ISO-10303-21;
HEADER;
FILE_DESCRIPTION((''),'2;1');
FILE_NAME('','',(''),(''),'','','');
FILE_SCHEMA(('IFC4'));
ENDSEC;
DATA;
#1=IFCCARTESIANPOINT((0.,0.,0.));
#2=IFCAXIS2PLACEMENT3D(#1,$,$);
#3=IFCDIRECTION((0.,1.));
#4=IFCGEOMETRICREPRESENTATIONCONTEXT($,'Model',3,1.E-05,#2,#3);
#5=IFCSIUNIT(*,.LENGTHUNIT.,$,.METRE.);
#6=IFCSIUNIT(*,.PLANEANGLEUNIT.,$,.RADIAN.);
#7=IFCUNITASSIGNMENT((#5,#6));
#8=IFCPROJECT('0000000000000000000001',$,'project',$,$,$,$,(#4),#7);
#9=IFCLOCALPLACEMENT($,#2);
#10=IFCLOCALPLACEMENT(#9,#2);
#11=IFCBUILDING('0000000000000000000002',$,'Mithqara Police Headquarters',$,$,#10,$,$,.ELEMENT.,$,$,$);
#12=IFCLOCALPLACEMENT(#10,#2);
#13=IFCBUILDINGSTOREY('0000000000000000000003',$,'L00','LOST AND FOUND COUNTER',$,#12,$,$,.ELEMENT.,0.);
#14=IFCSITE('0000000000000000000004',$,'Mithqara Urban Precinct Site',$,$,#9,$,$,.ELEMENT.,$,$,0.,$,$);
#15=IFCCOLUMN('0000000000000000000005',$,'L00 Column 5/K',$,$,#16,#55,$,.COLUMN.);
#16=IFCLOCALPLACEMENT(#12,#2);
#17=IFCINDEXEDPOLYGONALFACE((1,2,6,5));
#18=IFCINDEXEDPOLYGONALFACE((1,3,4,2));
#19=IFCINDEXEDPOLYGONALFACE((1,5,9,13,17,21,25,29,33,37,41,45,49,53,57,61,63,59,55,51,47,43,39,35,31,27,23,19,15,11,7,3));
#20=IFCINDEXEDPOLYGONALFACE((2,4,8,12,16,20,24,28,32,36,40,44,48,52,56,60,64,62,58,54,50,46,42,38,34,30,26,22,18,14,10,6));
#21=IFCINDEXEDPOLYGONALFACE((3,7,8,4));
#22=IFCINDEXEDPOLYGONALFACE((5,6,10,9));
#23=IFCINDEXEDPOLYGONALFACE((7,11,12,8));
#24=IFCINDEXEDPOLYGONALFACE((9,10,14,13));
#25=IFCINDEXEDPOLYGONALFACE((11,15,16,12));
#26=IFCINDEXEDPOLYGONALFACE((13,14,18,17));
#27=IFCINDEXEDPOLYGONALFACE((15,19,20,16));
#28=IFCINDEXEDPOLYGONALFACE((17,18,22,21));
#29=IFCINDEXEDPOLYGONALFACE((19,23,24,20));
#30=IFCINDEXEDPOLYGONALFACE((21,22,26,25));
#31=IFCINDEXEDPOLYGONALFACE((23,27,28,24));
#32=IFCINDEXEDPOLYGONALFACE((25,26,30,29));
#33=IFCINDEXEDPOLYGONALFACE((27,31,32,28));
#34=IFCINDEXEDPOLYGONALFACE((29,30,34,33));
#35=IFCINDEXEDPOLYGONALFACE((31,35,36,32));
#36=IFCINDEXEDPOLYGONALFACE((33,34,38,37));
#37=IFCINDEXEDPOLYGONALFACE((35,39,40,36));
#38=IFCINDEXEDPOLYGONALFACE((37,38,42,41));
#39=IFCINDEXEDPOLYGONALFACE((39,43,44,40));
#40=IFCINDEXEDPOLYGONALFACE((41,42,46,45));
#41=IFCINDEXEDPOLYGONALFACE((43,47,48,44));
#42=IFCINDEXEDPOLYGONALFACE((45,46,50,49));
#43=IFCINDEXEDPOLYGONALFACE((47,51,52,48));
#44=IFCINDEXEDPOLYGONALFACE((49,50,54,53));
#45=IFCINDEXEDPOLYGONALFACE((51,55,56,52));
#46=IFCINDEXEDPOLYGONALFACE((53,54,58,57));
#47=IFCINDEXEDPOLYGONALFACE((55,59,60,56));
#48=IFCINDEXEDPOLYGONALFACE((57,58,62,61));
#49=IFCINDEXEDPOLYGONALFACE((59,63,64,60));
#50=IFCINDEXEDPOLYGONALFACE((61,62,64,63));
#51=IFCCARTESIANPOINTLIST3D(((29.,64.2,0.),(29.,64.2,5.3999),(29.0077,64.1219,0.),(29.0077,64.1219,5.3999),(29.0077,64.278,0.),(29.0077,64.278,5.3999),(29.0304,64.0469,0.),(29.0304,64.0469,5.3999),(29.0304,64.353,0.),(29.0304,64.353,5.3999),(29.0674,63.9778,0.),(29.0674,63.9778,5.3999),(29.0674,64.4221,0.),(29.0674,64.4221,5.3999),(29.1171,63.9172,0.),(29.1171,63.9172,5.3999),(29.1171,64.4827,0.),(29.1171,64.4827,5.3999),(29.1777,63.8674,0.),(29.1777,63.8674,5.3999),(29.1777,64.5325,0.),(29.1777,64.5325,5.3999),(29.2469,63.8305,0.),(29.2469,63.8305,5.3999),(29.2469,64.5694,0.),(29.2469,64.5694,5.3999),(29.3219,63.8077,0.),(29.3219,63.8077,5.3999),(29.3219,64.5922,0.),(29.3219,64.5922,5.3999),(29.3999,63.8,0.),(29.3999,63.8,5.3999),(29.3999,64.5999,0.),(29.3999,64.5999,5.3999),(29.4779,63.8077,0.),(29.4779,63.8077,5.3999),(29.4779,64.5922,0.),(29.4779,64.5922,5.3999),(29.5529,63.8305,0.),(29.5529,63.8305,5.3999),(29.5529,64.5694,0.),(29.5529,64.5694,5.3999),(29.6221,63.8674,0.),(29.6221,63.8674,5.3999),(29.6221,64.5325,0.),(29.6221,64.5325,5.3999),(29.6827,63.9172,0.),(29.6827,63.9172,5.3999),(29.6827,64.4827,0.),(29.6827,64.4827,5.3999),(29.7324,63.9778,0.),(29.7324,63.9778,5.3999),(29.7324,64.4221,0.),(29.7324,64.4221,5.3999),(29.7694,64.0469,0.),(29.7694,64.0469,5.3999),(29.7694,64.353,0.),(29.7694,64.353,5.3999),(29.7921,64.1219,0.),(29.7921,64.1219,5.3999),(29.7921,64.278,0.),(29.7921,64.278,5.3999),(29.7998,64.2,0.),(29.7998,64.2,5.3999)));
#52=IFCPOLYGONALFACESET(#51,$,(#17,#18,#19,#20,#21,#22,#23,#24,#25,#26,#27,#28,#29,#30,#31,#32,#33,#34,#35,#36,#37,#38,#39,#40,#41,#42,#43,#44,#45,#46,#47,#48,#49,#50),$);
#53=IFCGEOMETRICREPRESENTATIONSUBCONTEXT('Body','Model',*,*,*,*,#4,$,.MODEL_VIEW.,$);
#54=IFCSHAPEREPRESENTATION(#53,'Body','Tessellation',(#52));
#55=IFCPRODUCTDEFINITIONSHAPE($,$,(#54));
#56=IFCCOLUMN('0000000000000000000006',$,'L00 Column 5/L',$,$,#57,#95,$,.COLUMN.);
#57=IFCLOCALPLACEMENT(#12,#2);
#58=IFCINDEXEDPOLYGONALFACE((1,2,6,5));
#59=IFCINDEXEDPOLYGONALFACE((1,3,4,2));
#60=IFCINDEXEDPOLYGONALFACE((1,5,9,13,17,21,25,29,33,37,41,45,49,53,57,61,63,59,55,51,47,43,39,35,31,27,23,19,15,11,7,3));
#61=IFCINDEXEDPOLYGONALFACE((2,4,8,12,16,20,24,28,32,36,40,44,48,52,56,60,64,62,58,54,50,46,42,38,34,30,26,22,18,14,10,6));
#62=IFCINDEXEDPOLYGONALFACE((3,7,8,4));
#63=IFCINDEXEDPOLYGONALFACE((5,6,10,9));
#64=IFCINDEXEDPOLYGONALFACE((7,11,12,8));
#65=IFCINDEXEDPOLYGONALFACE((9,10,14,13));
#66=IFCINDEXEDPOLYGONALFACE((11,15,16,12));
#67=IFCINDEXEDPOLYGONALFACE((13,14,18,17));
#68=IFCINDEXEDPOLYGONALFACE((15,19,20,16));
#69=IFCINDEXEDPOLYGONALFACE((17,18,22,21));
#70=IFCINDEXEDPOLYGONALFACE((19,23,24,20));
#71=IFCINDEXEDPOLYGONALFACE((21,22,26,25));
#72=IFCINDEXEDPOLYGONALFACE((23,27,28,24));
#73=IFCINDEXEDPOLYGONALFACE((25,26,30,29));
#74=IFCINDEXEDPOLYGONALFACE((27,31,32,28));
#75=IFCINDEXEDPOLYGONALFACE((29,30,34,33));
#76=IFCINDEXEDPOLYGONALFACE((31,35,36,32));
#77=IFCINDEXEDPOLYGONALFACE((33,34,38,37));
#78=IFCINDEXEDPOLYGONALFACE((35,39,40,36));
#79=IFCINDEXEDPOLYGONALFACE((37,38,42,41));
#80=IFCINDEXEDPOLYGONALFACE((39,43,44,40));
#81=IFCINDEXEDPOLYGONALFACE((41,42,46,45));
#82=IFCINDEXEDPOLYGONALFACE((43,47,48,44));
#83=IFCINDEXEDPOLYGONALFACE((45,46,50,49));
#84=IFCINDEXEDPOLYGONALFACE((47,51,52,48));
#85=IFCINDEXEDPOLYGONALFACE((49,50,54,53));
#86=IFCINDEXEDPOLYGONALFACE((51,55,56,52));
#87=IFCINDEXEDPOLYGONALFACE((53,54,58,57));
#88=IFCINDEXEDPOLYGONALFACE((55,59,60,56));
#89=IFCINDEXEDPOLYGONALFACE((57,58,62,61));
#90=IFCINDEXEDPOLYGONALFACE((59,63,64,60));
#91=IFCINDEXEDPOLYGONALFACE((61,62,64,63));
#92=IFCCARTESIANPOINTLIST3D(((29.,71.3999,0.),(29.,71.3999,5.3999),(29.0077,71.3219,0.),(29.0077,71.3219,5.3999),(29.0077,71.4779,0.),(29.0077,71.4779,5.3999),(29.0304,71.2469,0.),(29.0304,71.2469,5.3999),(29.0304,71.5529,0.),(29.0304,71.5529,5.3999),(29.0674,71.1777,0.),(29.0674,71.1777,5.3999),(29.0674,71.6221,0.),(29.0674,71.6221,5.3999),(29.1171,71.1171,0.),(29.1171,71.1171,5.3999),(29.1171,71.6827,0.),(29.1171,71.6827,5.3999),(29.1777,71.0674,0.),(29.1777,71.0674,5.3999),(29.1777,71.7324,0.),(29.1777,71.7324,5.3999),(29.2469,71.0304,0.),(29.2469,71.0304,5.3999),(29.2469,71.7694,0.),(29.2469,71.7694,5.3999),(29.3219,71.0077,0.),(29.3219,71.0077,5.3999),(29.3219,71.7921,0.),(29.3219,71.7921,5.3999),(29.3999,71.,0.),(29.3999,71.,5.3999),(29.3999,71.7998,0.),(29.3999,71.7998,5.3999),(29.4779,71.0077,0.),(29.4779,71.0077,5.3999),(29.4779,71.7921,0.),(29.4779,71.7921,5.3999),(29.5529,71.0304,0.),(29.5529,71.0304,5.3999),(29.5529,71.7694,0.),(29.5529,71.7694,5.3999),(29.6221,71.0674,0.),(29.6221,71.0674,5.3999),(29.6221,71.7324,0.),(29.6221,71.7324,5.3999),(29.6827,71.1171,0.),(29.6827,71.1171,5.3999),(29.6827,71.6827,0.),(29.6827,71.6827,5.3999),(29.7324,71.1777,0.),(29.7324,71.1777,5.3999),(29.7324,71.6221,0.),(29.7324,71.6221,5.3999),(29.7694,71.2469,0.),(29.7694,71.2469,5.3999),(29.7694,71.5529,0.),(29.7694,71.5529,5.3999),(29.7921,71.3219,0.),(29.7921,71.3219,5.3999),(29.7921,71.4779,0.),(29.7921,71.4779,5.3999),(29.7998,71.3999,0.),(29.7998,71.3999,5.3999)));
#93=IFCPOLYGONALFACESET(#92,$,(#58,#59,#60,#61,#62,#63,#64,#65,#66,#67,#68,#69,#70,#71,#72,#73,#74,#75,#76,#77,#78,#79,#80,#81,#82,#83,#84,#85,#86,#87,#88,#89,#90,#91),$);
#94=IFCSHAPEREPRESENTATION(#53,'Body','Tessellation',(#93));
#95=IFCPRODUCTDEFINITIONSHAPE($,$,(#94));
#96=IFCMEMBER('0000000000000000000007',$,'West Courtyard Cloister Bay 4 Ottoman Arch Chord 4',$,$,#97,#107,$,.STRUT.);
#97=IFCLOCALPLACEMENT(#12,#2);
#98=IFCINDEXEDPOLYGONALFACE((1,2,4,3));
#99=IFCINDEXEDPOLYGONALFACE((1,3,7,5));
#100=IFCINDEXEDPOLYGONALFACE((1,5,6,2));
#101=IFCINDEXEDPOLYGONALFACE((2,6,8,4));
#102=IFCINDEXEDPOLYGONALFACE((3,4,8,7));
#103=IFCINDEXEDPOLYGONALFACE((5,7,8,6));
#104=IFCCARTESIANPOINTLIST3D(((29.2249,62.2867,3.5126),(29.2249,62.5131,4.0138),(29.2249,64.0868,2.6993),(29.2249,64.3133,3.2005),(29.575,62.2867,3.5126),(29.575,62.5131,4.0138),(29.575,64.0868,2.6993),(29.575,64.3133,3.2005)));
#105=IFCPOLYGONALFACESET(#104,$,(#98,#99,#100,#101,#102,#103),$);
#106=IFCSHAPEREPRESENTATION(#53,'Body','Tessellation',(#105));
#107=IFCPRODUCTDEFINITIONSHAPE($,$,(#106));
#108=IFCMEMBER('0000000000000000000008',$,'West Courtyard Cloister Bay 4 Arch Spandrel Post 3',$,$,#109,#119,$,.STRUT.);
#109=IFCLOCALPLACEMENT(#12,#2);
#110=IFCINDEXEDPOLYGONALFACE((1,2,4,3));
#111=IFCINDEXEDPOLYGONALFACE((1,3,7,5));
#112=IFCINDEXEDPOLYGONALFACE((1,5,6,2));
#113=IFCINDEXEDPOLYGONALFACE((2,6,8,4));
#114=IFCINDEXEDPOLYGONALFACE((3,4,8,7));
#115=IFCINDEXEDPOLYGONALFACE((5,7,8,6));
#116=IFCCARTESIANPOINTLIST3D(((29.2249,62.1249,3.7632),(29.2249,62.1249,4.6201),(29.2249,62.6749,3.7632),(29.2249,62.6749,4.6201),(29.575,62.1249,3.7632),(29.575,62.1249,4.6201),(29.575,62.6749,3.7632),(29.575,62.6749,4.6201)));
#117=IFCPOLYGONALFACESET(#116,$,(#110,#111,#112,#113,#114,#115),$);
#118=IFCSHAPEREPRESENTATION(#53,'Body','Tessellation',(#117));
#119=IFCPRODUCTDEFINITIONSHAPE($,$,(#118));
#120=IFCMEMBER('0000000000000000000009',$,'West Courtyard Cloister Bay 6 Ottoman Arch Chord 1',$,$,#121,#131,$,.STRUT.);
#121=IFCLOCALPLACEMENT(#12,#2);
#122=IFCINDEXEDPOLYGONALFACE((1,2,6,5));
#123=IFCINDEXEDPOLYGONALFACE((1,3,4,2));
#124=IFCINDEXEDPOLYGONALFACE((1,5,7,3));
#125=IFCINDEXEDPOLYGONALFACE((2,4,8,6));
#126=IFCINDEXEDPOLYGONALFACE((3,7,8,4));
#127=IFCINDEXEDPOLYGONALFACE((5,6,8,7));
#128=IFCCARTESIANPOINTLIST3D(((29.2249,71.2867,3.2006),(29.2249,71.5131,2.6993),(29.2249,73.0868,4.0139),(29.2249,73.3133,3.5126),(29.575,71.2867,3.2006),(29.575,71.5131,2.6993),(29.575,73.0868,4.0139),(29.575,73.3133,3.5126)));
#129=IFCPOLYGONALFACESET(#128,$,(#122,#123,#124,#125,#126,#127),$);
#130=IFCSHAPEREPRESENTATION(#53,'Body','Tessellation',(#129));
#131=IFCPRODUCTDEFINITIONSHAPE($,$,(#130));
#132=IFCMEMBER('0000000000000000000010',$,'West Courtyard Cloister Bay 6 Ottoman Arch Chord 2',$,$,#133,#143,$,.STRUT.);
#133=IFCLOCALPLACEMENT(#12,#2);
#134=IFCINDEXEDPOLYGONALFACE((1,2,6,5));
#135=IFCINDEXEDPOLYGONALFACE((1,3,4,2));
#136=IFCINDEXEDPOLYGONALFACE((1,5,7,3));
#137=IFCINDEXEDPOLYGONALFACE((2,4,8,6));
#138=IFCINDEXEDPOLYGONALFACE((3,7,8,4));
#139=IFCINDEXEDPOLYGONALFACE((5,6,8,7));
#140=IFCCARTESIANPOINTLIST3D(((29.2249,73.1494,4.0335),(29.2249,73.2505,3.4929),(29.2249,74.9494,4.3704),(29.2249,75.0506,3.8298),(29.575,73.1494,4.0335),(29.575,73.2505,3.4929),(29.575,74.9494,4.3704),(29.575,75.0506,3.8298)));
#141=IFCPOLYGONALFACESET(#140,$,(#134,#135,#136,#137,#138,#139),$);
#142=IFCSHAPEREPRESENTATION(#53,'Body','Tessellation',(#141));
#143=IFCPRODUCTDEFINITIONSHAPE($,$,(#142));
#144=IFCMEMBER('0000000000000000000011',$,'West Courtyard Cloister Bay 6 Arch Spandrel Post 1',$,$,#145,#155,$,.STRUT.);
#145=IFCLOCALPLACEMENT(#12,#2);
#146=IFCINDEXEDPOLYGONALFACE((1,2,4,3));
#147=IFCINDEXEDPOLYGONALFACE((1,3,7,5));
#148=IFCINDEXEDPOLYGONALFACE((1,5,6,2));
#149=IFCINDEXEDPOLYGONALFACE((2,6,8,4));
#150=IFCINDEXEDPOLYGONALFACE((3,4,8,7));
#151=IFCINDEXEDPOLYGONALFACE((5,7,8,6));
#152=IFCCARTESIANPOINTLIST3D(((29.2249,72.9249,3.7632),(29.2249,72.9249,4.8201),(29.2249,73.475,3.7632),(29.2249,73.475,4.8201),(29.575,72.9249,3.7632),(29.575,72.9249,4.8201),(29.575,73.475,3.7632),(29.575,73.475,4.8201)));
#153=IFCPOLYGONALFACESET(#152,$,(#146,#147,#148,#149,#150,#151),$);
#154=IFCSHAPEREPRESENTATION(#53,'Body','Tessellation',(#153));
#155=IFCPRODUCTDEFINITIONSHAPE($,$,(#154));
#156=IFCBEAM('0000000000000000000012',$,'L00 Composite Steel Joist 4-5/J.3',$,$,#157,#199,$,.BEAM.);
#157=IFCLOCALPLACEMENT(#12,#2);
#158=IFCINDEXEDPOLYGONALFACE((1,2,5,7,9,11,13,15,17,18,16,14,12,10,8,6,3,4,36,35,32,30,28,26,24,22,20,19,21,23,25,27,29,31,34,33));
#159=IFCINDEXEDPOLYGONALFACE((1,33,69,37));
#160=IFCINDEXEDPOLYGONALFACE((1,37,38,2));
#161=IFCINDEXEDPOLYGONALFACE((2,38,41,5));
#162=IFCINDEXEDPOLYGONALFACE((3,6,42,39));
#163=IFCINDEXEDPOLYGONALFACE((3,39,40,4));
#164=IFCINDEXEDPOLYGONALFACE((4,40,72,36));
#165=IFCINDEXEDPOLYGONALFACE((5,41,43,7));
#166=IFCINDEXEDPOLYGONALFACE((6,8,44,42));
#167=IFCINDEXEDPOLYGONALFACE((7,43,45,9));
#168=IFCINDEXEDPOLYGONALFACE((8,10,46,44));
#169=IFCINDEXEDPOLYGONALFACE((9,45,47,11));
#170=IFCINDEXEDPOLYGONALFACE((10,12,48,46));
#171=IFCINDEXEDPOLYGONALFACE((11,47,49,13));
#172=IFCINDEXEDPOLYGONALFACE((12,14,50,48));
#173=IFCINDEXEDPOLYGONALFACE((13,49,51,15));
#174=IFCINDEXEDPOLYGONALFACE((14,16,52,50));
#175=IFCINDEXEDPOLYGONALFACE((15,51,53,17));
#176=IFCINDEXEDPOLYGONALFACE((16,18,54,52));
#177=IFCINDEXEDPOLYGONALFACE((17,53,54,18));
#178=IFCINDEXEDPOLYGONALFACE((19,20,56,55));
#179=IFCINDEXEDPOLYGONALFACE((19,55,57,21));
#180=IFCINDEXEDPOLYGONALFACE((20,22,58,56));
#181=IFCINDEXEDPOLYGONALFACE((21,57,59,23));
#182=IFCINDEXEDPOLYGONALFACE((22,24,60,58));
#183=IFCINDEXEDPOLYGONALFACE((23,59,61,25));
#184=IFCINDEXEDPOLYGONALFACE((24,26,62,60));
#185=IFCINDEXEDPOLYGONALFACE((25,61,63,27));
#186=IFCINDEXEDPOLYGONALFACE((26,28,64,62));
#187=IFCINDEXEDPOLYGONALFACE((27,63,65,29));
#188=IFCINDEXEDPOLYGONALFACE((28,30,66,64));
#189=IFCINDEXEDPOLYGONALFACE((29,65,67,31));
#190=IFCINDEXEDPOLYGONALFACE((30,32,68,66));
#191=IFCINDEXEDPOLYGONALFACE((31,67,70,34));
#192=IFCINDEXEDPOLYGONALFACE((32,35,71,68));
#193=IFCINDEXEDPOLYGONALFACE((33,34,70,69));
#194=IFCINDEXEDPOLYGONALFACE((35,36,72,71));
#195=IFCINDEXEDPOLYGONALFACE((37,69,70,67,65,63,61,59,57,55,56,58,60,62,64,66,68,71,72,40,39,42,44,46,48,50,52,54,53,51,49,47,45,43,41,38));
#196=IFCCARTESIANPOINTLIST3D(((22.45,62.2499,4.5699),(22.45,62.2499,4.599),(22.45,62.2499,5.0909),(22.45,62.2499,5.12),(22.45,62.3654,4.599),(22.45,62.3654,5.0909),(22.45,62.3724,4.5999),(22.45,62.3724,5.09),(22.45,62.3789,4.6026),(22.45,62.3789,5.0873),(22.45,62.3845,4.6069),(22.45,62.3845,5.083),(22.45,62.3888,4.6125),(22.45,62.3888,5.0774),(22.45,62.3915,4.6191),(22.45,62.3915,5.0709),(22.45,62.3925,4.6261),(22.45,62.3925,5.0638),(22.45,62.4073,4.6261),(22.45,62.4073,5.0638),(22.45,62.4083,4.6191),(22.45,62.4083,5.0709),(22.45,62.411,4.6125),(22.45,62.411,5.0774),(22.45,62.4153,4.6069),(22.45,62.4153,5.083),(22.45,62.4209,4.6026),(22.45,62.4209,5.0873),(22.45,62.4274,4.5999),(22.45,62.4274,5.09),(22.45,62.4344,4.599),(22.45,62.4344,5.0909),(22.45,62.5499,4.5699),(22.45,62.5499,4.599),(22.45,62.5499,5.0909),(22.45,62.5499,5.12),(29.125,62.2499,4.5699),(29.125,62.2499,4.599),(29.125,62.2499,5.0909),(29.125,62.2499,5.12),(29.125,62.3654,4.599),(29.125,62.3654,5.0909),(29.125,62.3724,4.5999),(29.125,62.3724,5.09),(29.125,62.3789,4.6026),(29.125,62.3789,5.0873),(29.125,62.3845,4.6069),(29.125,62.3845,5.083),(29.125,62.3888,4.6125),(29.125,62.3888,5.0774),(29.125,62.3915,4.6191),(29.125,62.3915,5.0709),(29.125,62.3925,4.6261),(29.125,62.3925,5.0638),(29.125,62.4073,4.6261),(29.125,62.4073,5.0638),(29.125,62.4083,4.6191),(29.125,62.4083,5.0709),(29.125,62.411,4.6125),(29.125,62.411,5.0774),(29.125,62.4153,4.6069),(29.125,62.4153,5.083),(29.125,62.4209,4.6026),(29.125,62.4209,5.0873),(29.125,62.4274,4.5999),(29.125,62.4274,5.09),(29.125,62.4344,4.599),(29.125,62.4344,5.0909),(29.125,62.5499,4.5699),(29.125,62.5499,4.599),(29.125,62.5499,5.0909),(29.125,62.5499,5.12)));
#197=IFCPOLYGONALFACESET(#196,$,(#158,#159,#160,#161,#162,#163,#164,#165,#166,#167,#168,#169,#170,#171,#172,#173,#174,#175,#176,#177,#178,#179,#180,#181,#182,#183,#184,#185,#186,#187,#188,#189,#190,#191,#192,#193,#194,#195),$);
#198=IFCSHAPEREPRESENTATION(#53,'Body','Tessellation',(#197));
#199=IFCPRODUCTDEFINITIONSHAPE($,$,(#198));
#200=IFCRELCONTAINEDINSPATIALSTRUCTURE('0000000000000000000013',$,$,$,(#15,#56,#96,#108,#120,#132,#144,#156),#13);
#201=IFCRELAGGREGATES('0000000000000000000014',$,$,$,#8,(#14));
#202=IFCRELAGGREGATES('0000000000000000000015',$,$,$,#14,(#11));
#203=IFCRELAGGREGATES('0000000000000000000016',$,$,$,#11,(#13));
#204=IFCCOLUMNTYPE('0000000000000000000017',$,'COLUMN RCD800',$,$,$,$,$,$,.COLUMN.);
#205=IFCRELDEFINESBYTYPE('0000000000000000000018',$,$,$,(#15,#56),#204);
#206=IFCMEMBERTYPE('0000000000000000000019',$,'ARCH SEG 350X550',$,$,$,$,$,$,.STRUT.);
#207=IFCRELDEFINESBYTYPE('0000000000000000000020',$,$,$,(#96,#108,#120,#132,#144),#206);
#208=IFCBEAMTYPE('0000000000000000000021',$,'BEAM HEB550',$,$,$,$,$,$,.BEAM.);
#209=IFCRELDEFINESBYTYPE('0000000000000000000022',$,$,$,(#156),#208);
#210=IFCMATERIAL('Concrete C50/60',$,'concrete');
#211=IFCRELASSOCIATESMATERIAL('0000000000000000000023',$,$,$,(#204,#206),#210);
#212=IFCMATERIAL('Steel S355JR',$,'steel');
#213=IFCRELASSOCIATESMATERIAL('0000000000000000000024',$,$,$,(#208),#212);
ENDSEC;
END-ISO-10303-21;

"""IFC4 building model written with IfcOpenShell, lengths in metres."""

from ifc_helpers import new_model, si_unit, direction, frame, origin, origin_2d, place, context, subcontext, project, spatial, rectangle, circle, i_section, extrude, material, material_profile, profile_set, type_object, element, save


model = new_model("IFC4")

# Units and contexts
model_context = context("Model", 3, precision=1e-05, world=origin(), true_north=direction((0.0, 1.0)))
body_context = subcontext(model_context, "Body", "Model", "MODEL_VIEW")
ifc_project = project(units=[si_unit("LENGTHUNIT", "METRE"), si_unit("PLANEANGLEUNIT", "RADIAN")], contexts=[model_context])

# Site, building, storey
site_placement = place(None, origin())
site = spatial("IfcSite", under=ifc_project, at=site_placement, Name="Mithqara Urban Precinct Site", CompositionType="ELEMENT", RefElevation=0.0)
building_placement = place(site_placement, origin())
building = spatial("IfcBuilding", under=site, at=building_placement, Name="Mithqara Police Headquarters", CompositionType="ELEMENT")
storey_placement = place(building_placement, origin())
storey = spatial("IfcBuildingStorey", under=building, at=storey_placement, Name="L00", Description="LOST AND FOUND COUNTER", CompositionType="ELEMENT", Elevation=0.0)

# Columns
ifc_material_1 = material(Name="Concrete C50/60", Category="concrete")
ifc_material_profile_1 = material_profile(ifc_material_1, circle(Radius=0.3999, at=origin_2d()), Name="RCD 800")
ifc_profile_set_1 = profile_set([ifc_material_profile_1], Name="Concrete C50/60")
column_type = type_object("IfcColumnType", Name="COLUMN RCD800", PredefinedType="COLUMN", material=ifc_profile_set_1)
for number, where, z_axis, x_axis, name in (
    (1, (29.3999, 64.2, 0.0), (0.0, 0.0, 1.0), (1.0, 0.0, 0.0), "L00 Column 5/K"),
    (2, (29.3999, 71.3999, 0.0), (0.0, 0.0, 1.0), (1.0, 0.0, 0.0), "L00 Column 5/L"),
):
    element("IfcColumn", number, at=place(storey_placement, frame(where, z_axis=z_axis, x_axis=x_axis)), inside=storey, type_object=column_type, Name=name, PredefinedType="COLUMN", context=body_context, shape_type="SweptSolid", body=[
        extrude(circle(Radius=0.3999, at=origin_2d()), origin(), (0.0, 0.0, 1.0), 5.3999),
    ])

# Members
ifc_material_profile_2 = material_profile(ifc_material_1, rectangle(XDim=0.3501, YDim=0.55, at=origin_2d()), Name="ARC 350x550")
ifc_profile_set_2 = profile_set([ifc_material_profile_2], Name="Concrete C50/60")
member_type = type_object("IfcMemberType", Name="ARCH SEG 350X550", PredefinedType="STRUT", material=ifc_profile_set_2)
member_1_placement = place(storey_placement, frame((29.3999, 62.3999, 3.7632), z_axis=(0.0, 0.911312, -0.411716), x_axis=(-1.0, 0.0, 0.0)))
element("IfcMember", 3, at=member_1_placement, inside=storey, type_object=member_type, Name="West Courtyard Cloister Bay 4 Ottoman Arch Chord 4", PredefinedType="STRUT", context=body_context, shape_type="SweptSolid", body=[
    extrude(rectangle(XDim=0.3501, YDim=0.55, at=origin_2d()), origin(), (0.0, 0.0, 1.0), 1.9753),
])
member_2_placement = place(storey_placement, frame((29.3999, 62.3999, 3.7632), z_axis=(0.0, 0.0, 1.0), x_axis=(1.0, 0.0, 0.0)))
element("IfcMember", 4, at=member_2_placement, inside=storey, type_object=member_type, Name="West Courtyard Cloister Bay 4 Arch Spandrel Post 3", PredefinedType="STRUT", context=body_context, shape_type="SweptSolid", body=[
    extrude(rectangle(XDim=0.3501, YDim=0.55, at=origin_2d()), origin(), (0.0, 0.0, 1.0), 0.8569),
])
member_3_placement = place(storey_placement, frame((29.3999, 71.3999, 2.95), z_axis=(0.0, 0.911312, 0.411716), x_axis=(-1.0, 0.0, 0.0)))
element("IfcMember", 5, at=member_3_placement, inside=storey, type_object=member_type, Name="West Courtyard Cloister Bay 6 Ottoman Arch Chord 1", PredefinedType="STRUT", context=body_context, shape_type="SweptSolid", body=[
    extrude(rectangle(XDim=0.3501, YDim=0.55, at=origin_2d()), origin(), (0.0, 0.0, 1.0), 1.9753),
])
member_4_placement = place(storey_placement, frame((29.3999, 73.2, 3.7632), z_axis=(0.0, 0.982931, 0.183975), x_axis=(-1.0, 0.0, 0.0)))
element("IfcMember", 6, at=member_4_placement, inside=storey, type_object=member_type, Name="West Courtyard Cloister Bay 6 Ottoman Arch Chord 2", PredefinedType="STRUT", context=body_context, shape_type="SweptSolid", body=[
    extrude(rectangle(XDim=0.3501, YDim=0.55, at=origin_2d()), origin(), (0.0, 0.0, 1.0), 1.8313),
])
member_5_placement = place(storey_placement, frame((29.3999, 73.2, 3.7632), z_axis=(0.0, 0.0, 1.0), x_axis=(1.0, 0.0, 0.0)))
element("IfcMember", 7, at=member_5_placement, inside=storey, type_object=member_type, Name="West Courtyard Cloister Bay 6 Arch Spandrel Post 1", PredefinedType="STRUT", context=body_context, shape_type="SweptSolid", body=[
    extrude(rectangle(XDim=0.3501, YDim=0.55, at=origin_2d()), origin(), (0.0, 0.0, 1.0), 1.0569),
])

# Beam
ifc_material_2 = material(Name="Steel S355JR", Category="steel")
ifc_material_profile_3 = material_profile(ifc_material_2, i_section(OverallWidth=0.3, OverallDepth=0.55, WebThickness=0.0149, FlangeThickness=0.0291, FilletRadius=0.0271, at=origin_2d()), Name="HEB 550")
ifc_profile_set_3 = profile_set([ifc_material_profile_3], Name="Steel S355JR")
beam_type_1 = type_object("IfcBeamType", Name="BEAM HEB550", PredefinedType="BEAM", material=ifc_profile_set_3)
beam_1_placement = place(storey_placement, frame((22.45, 62.3999, 4.845), z_axis=(1.0, 0.0, 0.0), x_axis=(0.0, 1.0, 0.0)))
element("IfcBeam", 8, at=beam_1_placement, inside=storey, type_object=beam_type_1, Name="L00 Composite Steel Joist 4-5/J.3", PredefinedType="BEAM", context=body_context, shape_type="SweptSolid", body=[
    extrude(i_section(OverallWidth=0.3, OverallDepth=0.55, WebThickness=0.0149, FlangeThickness=0.0291, FilletRadius=0.0271, at=origin_2d()), origin(), (0.0, 0.0, 1.0), 6.675),
])

save(model, "model.ifc")
